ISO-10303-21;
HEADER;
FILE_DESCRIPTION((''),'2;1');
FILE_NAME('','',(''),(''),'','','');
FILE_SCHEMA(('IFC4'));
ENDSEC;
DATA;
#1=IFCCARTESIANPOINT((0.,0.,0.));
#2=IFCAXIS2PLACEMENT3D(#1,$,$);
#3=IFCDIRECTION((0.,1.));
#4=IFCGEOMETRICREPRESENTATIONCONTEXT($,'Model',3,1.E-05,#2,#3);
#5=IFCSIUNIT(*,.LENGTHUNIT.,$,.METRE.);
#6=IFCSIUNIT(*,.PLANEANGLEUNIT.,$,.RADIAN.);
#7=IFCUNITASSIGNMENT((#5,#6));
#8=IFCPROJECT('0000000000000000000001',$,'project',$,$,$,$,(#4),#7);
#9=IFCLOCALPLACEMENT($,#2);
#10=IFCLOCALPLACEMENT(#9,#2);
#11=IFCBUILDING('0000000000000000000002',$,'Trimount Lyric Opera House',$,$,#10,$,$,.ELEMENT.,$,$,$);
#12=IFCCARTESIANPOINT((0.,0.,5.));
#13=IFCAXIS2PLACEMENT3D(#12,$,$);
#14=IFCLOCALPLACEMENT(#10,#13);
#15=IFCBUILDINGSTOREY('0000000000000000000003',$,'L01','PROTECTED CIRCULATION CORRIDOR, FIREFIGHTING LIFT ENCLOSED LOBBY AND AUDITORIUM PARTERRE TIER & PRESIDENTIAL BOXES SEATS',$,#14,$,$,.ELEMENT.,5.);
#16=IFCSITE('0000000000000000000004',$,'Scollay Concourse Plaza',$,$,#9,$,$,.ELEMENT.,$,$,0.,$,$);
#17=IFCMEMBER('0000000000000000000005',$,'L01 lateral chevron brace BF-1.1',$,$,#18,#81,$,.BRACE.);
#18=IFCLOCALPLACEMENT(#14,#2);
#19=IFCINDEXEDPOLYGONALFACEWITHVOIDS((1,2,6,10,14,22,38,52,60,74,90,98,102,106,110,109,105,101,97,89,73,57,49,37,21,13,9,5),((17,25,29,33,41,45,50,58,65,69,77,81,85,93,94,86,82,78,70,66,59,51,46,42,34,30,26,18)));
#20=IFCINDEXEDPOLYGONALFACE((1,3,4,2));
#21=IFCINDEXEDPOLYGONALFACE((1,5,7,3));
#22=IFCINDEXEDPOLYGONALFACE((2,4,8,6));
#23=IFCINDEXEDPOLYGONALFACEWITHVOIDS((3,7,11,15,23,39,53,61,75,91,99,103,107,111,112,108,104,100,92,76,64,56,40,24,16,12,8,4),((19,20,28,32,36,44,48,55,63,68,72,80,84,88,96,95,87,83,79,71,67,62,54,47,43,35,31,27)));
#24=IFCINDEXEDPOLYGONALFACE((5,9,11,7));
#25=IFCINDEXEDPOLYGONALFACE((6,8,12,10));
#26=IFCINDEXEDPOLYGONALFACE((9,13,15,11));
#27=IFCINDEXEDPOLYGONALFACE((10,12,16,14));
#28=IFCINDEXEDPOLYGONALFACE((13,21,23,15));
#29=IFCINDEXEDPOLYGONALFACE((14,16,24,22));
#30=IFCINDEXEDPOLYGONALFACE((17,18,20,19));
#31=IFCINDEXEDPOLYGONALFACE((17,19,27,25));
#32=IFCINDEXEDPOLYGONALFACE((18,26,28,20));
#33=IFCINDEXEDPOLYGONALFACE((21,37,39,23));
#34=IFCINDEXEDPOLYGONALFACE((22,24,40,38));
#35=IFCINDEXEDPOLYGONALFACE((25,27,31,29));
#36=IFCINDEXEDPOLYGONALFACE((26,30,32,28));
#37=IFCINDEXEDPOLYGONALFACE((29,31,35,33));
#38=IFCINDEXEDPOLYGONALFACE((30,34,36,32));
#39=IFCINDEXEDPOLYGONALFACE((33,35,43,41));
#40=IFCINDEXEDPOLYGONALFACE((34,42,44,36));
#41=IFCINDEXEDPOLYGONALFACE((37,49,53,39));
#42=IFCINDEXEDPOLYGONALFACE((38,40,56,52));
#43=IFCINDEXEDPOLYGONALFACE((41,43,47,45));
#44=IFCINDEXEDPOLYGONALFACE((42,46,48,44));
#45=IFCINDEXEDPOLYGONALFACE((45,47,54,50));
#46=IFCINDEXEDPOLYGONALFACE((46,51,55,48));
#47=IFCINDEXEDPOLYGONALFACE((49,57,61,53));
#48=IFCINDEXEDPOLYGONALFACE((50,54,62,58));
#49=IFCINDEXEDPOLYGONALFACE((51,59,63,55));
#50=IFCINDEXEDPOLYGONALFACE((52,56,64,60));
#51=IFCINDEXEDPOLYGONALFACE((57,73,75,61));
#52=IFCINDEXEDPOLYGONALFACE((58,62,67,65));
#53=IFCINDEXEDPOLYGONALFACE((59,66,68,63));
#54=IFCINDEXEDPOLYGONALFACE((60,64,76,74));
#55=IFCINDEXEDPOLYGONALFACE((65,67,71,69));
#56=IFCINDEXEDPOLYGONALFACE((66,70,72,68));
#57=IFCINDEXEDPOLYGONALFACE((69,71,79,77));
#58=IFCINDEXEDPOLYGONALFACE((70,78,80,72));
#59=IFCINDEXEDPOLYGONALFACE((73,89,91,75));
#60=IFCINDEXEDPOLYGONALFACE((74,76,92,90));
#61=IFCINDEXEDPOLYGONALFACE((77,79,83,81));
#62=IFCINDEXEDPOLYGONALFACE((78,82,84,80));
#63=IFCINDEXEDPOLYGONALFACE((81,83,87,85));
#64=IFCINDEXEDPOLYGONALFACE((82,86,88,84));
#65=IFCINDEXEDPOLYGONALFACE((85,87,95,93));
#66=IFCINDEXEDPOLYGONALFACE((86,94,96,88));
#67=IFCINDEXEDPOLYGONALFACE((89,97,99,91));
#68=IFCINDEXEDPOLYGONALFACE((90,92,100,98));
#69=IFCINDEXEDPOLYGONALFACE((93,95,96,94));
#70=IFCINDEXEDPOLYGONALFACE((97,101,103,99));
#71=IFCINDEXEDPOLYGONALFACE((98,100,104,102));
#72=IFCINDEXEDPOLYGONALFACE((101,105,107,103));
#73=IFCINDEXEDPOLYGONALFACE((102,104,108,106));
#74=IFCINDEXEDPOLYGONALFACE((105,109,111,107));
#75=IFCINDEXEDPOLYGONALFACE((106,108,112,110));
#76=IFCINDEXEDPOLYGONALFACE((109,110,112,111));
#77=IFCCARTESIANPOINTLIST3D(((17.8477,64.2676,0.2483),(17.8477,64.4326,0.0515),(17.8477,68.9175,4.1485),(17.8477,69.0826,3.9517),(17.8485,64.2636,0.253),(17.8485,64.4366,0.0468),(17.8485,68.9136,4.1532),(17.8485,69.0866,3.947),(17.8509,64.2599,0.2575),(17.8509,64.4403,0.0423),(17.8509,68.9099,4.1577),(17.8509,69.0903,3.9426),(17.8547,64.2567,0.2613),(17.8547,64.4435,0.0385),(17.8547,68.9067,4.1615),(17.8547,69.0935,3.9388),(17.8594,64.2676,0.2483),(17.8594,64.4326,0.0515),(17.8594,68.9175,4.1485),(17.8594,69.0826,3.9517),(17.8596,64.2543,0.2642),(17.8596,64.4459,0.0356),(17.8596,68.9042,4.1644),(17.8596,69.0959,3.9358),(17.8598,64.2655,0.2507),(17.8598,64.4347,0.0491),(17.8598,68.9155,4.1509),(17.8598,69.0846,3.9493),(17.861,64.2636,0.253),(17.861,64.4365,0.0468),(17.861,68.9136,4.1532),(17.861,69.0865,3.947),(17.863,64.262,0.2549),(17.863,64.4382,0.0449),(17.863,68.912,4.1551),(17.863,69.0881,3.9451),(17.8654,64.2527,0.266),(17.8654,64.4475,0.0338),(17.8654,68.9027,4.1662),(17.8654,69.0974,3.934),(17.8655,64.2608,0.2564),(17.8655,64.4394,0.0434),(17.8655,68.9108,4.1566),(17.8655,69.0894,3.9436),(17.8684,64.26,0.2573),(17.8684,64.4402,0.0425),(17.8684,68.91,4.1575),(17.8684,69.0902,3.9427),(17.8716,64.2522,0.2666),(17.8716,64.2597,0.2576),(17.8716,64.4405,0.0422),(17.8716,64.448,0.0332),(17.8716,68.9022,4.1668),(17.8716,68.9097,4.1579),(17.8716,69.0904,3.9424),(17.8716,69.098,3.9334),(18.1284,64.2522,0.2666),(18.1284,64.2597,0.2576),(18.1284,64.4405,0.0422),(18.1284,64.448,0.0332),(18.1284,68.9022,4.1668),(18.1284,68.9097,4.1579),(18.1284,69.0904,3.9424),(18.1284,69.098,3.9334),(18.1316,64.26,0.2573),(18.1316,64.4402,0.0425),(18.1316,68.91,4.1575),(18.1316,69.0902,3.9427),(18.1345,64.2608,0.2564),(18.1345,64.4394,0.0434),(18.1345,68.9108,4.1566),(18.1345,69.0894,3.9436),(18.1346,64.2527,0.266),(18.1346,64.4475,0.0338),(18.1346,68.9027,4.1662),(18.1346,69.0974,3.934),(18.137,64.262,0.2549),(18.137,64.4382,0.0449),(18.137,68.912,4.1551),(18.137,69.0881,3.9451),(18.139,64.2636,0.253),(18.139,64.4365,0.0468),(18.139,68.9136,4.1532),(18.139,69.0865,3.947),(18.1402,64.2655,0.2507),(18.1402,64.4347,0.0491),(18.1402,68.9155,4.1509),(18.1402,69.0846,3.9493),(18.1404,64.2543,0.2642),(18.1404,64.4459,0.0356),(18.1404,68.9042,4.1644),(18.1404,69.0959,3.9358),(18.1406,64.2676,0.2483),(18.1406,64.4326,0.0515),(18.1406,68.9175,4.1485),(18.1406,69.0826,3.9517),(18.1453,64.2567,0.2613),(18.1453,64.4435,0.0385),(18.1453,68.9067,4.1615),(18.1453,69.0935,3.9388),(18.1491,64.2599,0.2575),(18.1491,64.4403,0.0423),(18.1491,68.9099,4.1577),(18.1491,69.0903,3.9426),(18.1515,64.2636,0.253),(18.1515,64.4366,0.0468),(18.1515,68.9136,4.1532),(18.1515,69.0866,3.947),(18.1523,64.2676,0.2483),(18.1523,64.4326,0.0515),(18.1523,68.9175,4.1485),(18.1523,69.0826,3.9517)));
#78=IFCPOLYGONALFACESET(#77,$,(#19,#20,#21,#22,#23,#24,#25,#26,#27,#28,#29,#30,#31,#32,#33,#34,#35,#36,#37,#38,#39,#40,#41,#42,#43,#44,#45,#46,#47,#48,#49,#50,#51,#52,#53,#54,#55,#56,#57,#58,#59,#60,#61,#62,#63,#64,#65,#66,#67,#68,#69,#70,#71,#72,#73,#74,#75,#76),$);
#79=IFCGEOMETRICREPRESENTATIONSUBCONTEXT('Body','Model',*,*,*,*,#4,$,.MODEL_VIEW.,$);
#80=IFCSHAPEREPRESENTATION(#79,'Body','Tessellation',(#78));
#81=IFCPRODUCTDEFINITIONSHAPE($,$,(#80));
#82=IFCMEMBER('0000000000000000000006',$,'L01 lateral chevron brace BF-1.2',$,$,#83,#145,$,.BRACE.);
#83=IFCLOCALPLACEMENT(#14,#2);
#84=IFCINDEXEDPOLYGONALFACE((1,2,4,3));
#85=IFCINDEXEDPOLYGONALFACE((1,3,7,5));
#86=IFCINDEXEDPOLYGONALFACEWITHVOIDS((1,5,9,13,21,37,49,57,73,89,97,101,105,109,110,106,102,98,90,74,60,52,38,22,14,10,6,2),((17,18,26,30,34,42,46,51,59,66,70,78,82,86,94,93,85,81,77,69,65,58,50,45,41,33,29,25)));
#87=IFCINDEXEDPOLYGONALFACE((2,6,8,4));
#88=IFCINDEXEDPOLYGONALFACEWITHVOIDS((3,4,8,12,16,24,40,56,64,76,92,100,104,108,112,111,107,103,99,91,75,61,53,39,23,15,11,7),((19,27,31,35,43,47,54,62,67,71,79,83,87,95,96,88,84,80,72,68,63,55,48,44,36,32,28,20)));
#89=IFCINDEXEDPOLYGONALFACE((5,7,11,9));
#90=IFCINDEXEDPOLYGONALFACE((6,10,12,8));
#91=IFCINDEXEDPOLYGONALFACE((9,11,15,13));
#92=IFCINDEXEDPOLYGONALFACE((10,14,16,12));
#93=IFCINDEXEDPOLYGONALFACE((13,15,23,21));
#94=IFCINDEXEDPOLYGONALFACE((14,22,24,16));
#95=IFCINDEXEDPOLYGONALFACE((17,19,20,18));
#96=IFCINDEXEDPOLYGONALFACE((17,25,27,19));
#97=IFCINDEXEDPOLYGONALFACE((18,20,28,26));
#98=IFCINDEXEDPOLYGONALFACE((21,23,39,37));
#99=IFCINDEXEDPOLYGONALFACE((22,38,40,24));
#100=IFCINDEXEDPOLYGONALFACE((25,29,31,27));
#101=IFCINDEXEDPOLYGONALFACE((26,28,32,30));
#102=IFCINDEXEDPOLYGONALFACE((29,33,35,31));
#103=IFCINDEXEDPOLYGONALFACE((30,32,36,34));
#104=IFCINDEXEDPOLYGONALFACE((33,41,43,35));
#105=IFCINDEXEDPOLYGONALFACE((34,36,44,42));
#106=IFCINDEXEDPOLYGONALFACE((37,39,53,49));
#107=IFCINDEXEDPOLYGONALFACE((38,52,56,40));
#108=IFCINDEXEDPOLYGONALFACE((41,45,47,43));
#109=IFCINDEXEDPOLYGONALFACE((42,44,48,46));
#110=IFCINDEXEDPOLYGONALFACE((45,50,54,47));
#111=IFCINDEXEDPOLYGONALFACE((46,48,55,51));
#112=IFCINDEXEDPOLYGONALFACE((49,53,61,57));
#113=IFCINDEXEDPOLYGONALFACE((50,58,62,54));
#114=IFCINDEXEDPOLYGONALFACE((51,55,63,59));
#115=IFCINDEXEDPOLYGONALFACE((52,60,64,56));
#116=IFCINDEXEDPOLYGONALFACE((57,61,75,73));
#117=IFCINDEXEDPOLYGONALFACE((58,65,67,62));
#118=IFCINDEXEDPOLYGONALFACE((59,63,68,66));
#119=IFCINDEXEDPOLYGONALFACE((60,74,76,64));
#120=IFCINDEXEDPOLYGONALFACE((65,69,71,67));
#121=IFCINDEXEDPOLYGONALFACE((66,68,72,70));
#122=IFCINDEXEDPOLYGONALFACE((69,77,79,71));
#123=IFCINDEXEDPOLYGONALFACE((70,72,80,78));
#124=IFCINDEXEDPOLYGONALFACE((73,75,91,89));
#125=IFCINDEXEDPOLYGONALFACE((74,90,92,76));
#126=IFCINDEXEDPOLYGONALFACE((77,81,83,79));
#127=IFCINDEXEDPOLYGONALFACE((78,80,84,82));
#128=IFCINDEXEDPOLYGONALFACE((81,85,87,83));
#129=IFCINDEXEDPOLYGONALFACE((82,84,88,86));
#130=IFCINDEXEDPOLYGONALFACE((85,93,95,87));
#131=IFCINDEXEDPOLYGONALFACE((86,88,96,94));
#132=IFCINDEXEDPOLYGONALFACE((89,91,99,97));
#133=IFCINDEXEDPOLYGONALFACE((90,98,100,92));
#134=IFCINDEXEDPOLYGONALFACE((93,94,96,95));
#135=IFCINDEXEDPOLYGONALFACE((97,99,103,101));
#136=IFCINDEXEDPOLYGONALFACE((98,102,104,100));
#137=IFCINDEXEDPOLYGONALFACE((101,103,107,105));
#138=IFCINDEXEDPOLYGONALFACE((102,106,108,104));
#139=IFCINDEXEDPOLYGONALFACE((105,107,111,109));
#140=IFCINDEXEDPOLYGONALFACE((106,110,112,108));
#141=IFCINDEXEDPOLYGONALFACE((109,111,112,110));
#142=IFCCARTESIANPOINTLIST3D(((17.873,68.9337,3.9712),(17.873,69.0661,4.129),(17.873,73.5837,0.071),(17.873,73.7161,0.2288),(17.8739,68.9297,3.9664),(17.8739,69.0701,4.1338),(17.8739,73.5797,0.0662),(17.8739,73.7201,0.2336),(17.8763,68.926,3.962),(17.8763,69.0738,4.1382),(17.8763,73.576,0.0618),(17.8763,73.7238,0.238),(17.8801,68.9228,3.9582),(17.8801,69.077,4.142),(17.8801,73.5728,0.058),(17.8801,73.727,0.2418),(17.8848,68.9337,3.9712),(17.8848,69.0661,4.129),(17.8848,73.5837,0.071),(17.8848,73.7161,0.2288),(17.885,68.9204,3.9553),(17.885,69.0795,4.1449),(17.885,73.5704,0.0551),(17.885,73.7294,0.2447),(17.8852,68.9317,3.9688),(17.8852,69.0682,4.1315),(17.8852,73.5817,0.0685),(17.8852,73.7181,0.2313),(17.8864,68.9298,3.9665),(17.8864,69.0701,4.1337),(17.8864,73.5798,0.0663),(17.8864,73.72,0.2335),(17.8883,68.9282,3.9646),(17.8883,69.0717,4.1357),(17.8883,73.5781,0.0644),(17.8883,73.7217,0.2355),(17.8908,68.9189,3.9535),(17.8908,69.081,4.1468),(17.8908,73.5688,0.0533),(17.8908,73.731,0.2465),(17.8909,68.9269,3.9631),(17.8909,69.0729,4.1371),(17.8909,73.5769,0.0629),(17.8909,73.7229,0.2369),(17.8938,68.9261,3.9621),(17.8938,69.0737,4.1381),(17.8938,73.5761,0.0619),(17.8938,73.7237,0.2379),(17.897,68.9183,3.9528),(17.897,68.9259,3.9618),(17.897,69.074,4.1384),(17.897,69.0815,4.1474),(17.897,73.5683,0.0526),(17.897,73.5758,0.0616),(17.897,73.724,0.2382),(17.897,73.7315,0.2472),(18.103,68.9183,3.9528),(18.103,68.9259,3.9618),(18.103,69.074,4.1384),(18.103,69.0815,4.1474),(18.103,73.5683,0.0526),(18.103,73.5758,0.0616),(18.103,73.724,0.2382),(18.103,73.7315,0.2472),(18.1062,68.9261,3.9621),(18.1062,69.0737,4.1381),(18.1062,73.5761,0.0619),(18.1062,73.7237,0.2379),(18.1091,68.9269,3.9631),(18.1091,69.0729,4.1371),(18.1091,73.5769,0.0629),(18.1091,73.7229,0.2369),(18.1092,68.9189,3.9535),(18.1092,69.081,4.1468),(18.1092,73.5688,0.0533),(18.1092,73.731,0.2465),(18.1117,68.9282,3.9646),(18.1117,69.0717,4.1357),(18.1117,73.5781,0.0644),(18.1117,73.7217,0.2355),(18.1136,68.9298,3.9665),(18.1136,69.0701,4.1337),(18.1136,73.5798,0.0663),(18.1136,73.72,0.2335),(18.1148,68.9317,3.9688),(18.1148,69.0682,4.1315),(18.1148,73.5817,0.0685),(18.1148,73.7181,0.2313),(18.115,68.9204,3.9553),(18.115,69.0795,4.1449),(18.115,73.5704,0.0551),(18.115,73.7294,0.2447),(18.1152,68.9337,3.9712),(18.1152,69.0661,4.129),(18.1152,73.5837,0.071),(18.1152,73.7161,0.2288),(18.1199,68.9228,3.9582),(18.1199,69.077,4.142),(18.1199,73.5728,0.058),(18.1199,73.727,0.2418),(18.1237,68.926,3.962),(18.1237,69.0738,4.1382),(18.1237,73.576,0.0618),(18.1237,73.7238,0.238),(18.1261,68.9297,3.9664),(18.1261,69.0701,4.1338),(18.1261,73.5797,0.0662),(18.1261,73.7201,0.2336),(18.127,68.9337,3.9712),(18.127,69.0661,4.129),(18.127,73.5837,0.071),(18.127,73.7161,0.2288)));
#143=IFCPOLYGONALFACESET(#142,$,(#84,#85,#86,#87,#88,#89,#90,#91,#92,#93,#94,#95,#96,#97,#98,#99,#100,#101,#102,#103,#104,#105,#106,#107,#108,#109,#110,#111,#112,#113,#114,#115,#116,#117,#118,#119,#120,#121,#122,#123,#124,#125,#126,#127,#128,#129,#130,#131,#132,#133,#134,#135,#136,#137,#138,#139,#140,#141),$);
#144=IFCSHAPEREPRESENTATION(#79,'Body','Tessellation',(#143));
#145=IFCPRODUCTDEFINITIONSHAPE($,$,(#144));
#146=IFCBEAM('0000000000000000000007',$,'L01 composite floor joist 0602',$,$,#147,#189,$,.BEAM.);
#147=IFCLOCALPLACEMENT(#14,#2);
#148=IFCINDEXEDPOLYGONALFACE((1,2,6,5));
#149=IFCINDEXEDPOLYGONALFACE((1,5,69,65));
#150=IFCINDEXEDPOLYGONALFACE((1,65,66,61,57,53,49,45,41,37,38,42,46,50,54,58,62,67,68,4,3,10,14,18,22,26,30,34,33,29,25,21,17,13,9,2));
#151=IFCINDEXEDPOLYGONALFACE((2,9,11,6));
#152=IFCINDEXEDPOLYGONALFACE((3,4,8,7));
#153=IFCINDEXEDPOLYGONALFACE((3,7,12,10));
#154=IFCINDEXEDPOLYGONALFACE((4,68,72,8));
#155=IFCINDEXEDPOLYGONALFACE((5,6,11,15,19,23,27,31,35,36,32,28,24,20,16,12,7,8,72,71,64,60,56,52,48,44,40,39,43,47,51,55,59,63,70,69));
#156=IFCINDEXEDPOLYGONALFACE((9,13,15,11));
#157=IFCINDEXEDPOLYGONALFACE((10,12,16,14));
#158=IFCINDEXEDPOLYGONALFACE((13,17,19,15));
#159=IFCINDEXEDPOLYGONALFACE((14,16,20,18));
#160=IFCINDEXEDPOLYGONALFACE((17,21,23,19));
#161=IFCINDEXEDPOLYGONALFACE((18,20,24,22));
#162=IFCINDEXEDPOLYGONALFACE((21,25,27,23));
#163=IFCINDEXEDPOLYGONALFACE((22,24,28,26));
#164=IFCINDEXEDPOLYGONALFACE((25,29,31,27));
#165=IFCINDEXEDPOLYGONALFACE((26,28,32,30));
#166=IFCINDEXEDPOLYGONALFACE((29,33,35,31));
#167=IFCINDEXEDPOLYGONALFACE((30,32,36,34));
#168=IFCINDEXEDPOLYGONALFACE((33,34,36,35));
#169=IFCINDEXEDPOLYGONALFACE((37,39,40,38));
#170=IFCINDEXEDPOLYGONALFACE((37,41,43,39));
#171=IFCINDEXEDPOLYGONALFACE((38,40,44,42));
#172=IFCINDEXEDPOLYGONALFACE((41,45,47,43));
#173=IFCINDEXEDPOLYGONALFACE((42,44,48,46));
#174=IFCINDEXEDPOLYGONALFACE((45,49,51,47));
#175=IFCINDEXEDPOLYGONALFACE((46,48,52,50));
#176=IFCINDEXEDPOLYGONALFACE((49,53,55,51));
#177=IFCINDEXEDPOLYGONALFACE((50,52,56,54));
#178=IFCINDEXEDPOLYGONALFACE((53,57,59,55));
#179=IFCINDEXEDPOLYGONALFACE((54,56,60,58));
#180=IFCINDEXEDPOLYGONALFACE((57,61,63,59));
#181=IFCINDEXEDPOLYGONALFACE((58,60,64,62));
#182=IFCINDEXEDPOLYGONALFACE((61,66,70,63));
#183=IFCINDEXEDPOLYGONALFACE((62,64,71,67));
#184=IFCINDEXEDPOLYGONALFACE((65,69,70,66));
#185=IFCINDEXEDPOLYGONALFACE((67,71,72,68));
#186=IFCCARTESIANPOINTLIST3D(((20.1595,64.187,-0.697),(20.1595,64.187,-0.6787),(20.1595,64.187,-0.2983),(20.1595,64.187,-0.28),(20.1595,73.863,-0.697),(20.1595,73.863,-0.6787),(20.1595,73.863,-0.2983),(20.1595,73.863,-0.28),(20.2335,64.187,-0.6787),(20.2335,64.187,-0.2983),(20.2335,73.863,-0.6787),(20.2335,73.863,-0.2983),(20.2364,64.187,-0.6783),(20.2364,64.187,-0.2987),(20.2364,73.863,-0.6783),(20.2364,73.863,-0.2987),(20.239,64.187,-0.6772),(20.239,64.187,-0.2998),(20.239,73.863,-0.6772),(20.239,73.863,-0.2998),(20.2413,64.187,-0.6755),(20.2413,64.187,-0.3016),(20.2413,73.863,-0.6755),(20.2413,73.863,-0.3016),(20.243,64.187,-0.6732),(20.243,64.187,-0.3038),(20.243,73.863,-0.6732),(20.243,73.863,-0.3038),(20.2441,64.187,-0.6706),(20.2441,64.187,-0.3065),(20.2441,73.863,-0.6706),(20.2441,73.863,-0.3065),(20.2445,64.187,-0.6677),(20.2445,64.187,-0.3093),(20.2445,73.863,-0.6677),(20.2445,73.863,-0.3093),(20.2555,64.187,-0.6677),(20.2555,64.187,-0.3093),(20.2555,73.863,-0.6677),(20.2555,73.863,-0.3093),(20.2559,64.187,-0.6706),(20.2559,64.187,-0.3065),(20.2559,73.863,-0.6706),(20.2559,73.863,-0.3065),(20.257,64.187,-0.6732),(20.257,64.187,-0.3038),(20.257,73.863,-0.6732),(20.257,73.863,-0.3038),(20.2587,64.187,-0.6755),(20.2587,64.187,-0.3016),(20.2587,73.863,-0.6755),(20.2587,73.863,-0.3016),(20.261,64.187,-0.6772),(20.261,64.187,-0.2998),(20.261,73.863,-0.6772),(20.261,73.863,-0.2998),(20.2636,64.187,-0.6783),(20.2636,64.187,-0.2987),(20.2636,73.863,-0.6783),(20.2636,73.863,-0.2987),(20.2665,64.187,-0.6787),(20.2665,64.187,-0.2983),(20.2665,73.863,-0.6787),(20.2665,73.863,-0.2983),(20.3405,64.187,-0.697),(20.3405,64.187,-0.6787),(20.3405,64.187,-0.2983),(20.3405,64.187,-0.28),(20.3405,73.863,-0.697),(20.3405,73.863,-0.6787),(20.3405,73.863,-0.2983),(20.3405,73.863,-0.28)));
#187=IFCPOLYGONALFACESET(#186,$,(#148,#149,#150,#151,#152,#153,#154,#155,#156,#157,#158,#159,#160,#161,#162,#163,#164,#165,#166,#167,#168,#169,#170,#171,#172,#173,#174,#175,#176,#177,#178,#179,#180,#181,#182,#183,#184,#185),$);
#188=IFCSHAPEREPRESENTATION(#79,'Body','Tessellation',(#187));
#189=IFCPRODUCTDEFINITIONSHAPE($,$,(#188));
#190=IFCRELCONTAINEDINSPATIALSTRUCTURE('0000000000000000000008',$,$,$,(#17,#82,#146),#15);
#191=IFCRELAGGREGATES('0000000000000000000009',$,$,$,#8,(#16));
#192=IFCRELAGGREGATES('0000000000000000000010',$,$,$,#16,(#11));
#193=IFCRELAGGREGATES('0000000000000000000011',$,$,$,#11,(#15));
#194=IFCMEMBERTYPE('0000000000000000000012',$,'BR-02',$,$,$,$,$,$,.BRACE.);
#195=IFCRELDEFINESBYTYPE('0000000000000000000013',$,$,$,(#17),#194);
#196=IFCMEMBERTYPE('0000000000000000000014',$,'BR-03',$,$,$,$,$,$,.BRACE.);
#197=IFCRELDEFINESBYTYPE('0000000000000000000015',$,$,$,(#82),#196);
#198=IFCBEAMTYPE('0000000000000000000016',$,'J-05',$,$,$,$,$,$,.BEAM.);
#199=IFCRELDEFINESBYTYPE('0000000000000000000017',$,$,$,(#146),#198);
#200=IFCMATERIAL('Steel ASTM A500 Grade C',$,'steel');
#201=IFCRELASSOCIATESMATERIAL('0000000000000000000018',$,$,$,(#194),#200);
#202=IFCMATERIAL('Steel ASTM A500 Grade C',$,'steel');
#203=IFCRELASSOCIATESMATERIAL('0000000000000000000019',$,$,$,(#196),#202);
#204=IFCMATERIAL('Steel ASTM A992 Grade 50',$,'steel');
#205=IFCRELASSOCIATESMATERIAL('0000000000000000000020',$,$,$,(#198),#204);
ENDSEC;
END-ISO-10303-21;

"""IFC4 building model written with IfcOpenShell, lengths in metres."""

from ifc_helpers import new_model, si_unit, direction, frame, origin, origin_2d, place, context, subcontext, project, spatial, hollow_rectangle, i_section, extrude, material, material_profile, profile_set, type_object, element, save


model = new_model("IFC4")

# Units and contexts
model_context = context("Model", 3, precision=1e-05, world=origin(), true_north=direction((0.0, 1.0)))
body_context = subcontext(model_context, "Body", "Model", "MODEL_VIEW")
ifc_project = project(units=[si_unit("LENGTHUNIT", "METRE"), si_unit("PLANEANGLEUNIT", "RADIAN")], contexts=[model_context])

# Site, building, storey
site_placement = place(None, origin())
site = spatial("IfcSite", under=ifc_project, at=site_placement, Name="Scollay Concourse Plaza", CompositionType="ELEMENT", RefElevation=0.0)
building_placement = place(site_placement, origin())
building = spatial("IfcBuilding", under=site, at=building_placement, Name="Trimount Lyric Opera House", CompositionType="ELEMENT")
storey_placement = place(building_placement, frame((0.0, 0.0, 5.0)))
storey = spatial("IfcBuildingStorey", under=building, at=storey_placement, Name="L01", Description="PROTECTED CIRCULATION CORRIDOR, FIREFIGHTING LIFT ENCLOSED LOBBY AND AUDITORIUM PARTERRE TIER & PRESIDENTIAL BOXES SEATS", CompositionType="ELEMENT", Elevation=5.0)

# Members
ifc_material_1 = material(Name="Steel ASTM A500 Grade C", Category="steel")
ifc_material_profile_1 = material_profile(ifc_material_1, hollow_rectangle(XDim=0.3047, YDim=0.3047, WallThickness=0.0117, InnerFilletRadius=0.0122, OuterFilletRadius=0.0239, at=origin_2d()), Name="HSS304.8X304.8X12.7")
ifc_profile_set_1 = profile_set([ifc_material_profile_1], Name="Steel ASTM A500 Grade C")
member_type_1 = type_object("IfcMemberType", Name="BR-02", PredefinedType="BRACE", material=ifc_profile_set_1)
member_1_placement = place(storey_placement, frame((18.0, 64.3501, 0.1499), z_axis=(0.0, 0.766173, 0.642634), x_axis=(-1.0, 0.0, 0.0)))
element("IfcMember", 1, at=member_1_placement, inside=storey, type_object=member_type_1, Name="L01 lateral chevron brace BF-1.1", PredefinedType="BRACE", context=body_context, shape_type="SweptSolid", body=[
    extrude(hollow_rectangle(XDim=0.3047, YDim=0.3047, WallThickness=0.0117, InnerFilletRadius=0.0122, OuterFilletRadius=0.0239, at=origin_2d()), origin(), (0.0, 0.0, 1.0), 6.0691),
])
ifc_material_2 = material(Name="Steel ASTM A500 Grade C", Category="steel")
ifc_material_profile_2 = material_profile(ifc_material_2, hollow_rectangle(XDim=0.2539, YDim=0.2539, WallThickness=0.0117, InnerFilletRadius=0.0122, OuterFilletRadius=0.0239, at=origin_2d()), Name="HSS254.0X254.0X12.7")
ifc_profile_set_2 = profile_set([ifc_material_profile_2], Name="Steel ASTM A500 Grade C")
member_type_2 = type_object("IfcMemberType", Name="BR-03", PredefinedType="BRACE", material=ifc_profile_set_2)
member_2_placement = place(storey_placement, frame((18.0, 73.6499, 0.1499), z_axis=(0.0, -0.766173, 0.642634), x_axis=(1.0, 0.0, 0.0)))
element("IfcMember", 2, at=member_2_placement, inside=storey, type_object=member_type_2, Name="L01 lateral chevron brace BF-1.2", PredefinedType="BRACE", context=body_context, shape_type="SweptSolid", body=[
    extrude(hollow_rectangle(XDim=0.2539, YDim=0.2539, WallThickness=0.0117, InnerFilletRadius=0.0122, OuterFilletRadius=0.0239, at=origin_2d()), origin(), (0.0, 0.0, 1.0), 6.0691),
])

# Beam
ifc_material_3 = material(Name="Steel ASTM A992 Grade 50", Category="steel")
ifc_material_profile_3 = material_profile(ifc_material_3, i_section(OverallWidth=0.1809, OverallDepth=0.417, WebThickness=0.011, FlangeThickness=0.0183, FilletRadius=0.011, at=origin_2d()), Name="W16X57")
ifc_profile_set_3 = profile_set([ifc_material_profile_3], Name="Steel ASTM A992 Grade 50")
beam_type_1 = type_object("IfcBeamType", Name="J-05", PredefinedType="BEAM", material=ifc_profile_set_3)
beam_1_placement = place(storey_placement, frame((20.25, 64.187, -0.4885), z_axis=(0.0, 1.0, 0.0), x_axis=(-1.0, 0.0, 0.0)))
element("IfcBeam", 3, at=beam_1_placement, inside=storey, type_object=beam_type_1, Name="L01 composite floor joist 0602", PredefinedType="BEAM", context=body_context, shape_type="SweptSolid", body=[
    extrude(i_section(OverallWidth=0.1809, OverallDepth=0.417, WebThickness=0.011, FlangeThickness=0.0183, FilletRadius=0.011, at=origin_2d()), origin(), (0.0, 0.0, 1.0), 9.676),
])

save(model, "model.ifc")
